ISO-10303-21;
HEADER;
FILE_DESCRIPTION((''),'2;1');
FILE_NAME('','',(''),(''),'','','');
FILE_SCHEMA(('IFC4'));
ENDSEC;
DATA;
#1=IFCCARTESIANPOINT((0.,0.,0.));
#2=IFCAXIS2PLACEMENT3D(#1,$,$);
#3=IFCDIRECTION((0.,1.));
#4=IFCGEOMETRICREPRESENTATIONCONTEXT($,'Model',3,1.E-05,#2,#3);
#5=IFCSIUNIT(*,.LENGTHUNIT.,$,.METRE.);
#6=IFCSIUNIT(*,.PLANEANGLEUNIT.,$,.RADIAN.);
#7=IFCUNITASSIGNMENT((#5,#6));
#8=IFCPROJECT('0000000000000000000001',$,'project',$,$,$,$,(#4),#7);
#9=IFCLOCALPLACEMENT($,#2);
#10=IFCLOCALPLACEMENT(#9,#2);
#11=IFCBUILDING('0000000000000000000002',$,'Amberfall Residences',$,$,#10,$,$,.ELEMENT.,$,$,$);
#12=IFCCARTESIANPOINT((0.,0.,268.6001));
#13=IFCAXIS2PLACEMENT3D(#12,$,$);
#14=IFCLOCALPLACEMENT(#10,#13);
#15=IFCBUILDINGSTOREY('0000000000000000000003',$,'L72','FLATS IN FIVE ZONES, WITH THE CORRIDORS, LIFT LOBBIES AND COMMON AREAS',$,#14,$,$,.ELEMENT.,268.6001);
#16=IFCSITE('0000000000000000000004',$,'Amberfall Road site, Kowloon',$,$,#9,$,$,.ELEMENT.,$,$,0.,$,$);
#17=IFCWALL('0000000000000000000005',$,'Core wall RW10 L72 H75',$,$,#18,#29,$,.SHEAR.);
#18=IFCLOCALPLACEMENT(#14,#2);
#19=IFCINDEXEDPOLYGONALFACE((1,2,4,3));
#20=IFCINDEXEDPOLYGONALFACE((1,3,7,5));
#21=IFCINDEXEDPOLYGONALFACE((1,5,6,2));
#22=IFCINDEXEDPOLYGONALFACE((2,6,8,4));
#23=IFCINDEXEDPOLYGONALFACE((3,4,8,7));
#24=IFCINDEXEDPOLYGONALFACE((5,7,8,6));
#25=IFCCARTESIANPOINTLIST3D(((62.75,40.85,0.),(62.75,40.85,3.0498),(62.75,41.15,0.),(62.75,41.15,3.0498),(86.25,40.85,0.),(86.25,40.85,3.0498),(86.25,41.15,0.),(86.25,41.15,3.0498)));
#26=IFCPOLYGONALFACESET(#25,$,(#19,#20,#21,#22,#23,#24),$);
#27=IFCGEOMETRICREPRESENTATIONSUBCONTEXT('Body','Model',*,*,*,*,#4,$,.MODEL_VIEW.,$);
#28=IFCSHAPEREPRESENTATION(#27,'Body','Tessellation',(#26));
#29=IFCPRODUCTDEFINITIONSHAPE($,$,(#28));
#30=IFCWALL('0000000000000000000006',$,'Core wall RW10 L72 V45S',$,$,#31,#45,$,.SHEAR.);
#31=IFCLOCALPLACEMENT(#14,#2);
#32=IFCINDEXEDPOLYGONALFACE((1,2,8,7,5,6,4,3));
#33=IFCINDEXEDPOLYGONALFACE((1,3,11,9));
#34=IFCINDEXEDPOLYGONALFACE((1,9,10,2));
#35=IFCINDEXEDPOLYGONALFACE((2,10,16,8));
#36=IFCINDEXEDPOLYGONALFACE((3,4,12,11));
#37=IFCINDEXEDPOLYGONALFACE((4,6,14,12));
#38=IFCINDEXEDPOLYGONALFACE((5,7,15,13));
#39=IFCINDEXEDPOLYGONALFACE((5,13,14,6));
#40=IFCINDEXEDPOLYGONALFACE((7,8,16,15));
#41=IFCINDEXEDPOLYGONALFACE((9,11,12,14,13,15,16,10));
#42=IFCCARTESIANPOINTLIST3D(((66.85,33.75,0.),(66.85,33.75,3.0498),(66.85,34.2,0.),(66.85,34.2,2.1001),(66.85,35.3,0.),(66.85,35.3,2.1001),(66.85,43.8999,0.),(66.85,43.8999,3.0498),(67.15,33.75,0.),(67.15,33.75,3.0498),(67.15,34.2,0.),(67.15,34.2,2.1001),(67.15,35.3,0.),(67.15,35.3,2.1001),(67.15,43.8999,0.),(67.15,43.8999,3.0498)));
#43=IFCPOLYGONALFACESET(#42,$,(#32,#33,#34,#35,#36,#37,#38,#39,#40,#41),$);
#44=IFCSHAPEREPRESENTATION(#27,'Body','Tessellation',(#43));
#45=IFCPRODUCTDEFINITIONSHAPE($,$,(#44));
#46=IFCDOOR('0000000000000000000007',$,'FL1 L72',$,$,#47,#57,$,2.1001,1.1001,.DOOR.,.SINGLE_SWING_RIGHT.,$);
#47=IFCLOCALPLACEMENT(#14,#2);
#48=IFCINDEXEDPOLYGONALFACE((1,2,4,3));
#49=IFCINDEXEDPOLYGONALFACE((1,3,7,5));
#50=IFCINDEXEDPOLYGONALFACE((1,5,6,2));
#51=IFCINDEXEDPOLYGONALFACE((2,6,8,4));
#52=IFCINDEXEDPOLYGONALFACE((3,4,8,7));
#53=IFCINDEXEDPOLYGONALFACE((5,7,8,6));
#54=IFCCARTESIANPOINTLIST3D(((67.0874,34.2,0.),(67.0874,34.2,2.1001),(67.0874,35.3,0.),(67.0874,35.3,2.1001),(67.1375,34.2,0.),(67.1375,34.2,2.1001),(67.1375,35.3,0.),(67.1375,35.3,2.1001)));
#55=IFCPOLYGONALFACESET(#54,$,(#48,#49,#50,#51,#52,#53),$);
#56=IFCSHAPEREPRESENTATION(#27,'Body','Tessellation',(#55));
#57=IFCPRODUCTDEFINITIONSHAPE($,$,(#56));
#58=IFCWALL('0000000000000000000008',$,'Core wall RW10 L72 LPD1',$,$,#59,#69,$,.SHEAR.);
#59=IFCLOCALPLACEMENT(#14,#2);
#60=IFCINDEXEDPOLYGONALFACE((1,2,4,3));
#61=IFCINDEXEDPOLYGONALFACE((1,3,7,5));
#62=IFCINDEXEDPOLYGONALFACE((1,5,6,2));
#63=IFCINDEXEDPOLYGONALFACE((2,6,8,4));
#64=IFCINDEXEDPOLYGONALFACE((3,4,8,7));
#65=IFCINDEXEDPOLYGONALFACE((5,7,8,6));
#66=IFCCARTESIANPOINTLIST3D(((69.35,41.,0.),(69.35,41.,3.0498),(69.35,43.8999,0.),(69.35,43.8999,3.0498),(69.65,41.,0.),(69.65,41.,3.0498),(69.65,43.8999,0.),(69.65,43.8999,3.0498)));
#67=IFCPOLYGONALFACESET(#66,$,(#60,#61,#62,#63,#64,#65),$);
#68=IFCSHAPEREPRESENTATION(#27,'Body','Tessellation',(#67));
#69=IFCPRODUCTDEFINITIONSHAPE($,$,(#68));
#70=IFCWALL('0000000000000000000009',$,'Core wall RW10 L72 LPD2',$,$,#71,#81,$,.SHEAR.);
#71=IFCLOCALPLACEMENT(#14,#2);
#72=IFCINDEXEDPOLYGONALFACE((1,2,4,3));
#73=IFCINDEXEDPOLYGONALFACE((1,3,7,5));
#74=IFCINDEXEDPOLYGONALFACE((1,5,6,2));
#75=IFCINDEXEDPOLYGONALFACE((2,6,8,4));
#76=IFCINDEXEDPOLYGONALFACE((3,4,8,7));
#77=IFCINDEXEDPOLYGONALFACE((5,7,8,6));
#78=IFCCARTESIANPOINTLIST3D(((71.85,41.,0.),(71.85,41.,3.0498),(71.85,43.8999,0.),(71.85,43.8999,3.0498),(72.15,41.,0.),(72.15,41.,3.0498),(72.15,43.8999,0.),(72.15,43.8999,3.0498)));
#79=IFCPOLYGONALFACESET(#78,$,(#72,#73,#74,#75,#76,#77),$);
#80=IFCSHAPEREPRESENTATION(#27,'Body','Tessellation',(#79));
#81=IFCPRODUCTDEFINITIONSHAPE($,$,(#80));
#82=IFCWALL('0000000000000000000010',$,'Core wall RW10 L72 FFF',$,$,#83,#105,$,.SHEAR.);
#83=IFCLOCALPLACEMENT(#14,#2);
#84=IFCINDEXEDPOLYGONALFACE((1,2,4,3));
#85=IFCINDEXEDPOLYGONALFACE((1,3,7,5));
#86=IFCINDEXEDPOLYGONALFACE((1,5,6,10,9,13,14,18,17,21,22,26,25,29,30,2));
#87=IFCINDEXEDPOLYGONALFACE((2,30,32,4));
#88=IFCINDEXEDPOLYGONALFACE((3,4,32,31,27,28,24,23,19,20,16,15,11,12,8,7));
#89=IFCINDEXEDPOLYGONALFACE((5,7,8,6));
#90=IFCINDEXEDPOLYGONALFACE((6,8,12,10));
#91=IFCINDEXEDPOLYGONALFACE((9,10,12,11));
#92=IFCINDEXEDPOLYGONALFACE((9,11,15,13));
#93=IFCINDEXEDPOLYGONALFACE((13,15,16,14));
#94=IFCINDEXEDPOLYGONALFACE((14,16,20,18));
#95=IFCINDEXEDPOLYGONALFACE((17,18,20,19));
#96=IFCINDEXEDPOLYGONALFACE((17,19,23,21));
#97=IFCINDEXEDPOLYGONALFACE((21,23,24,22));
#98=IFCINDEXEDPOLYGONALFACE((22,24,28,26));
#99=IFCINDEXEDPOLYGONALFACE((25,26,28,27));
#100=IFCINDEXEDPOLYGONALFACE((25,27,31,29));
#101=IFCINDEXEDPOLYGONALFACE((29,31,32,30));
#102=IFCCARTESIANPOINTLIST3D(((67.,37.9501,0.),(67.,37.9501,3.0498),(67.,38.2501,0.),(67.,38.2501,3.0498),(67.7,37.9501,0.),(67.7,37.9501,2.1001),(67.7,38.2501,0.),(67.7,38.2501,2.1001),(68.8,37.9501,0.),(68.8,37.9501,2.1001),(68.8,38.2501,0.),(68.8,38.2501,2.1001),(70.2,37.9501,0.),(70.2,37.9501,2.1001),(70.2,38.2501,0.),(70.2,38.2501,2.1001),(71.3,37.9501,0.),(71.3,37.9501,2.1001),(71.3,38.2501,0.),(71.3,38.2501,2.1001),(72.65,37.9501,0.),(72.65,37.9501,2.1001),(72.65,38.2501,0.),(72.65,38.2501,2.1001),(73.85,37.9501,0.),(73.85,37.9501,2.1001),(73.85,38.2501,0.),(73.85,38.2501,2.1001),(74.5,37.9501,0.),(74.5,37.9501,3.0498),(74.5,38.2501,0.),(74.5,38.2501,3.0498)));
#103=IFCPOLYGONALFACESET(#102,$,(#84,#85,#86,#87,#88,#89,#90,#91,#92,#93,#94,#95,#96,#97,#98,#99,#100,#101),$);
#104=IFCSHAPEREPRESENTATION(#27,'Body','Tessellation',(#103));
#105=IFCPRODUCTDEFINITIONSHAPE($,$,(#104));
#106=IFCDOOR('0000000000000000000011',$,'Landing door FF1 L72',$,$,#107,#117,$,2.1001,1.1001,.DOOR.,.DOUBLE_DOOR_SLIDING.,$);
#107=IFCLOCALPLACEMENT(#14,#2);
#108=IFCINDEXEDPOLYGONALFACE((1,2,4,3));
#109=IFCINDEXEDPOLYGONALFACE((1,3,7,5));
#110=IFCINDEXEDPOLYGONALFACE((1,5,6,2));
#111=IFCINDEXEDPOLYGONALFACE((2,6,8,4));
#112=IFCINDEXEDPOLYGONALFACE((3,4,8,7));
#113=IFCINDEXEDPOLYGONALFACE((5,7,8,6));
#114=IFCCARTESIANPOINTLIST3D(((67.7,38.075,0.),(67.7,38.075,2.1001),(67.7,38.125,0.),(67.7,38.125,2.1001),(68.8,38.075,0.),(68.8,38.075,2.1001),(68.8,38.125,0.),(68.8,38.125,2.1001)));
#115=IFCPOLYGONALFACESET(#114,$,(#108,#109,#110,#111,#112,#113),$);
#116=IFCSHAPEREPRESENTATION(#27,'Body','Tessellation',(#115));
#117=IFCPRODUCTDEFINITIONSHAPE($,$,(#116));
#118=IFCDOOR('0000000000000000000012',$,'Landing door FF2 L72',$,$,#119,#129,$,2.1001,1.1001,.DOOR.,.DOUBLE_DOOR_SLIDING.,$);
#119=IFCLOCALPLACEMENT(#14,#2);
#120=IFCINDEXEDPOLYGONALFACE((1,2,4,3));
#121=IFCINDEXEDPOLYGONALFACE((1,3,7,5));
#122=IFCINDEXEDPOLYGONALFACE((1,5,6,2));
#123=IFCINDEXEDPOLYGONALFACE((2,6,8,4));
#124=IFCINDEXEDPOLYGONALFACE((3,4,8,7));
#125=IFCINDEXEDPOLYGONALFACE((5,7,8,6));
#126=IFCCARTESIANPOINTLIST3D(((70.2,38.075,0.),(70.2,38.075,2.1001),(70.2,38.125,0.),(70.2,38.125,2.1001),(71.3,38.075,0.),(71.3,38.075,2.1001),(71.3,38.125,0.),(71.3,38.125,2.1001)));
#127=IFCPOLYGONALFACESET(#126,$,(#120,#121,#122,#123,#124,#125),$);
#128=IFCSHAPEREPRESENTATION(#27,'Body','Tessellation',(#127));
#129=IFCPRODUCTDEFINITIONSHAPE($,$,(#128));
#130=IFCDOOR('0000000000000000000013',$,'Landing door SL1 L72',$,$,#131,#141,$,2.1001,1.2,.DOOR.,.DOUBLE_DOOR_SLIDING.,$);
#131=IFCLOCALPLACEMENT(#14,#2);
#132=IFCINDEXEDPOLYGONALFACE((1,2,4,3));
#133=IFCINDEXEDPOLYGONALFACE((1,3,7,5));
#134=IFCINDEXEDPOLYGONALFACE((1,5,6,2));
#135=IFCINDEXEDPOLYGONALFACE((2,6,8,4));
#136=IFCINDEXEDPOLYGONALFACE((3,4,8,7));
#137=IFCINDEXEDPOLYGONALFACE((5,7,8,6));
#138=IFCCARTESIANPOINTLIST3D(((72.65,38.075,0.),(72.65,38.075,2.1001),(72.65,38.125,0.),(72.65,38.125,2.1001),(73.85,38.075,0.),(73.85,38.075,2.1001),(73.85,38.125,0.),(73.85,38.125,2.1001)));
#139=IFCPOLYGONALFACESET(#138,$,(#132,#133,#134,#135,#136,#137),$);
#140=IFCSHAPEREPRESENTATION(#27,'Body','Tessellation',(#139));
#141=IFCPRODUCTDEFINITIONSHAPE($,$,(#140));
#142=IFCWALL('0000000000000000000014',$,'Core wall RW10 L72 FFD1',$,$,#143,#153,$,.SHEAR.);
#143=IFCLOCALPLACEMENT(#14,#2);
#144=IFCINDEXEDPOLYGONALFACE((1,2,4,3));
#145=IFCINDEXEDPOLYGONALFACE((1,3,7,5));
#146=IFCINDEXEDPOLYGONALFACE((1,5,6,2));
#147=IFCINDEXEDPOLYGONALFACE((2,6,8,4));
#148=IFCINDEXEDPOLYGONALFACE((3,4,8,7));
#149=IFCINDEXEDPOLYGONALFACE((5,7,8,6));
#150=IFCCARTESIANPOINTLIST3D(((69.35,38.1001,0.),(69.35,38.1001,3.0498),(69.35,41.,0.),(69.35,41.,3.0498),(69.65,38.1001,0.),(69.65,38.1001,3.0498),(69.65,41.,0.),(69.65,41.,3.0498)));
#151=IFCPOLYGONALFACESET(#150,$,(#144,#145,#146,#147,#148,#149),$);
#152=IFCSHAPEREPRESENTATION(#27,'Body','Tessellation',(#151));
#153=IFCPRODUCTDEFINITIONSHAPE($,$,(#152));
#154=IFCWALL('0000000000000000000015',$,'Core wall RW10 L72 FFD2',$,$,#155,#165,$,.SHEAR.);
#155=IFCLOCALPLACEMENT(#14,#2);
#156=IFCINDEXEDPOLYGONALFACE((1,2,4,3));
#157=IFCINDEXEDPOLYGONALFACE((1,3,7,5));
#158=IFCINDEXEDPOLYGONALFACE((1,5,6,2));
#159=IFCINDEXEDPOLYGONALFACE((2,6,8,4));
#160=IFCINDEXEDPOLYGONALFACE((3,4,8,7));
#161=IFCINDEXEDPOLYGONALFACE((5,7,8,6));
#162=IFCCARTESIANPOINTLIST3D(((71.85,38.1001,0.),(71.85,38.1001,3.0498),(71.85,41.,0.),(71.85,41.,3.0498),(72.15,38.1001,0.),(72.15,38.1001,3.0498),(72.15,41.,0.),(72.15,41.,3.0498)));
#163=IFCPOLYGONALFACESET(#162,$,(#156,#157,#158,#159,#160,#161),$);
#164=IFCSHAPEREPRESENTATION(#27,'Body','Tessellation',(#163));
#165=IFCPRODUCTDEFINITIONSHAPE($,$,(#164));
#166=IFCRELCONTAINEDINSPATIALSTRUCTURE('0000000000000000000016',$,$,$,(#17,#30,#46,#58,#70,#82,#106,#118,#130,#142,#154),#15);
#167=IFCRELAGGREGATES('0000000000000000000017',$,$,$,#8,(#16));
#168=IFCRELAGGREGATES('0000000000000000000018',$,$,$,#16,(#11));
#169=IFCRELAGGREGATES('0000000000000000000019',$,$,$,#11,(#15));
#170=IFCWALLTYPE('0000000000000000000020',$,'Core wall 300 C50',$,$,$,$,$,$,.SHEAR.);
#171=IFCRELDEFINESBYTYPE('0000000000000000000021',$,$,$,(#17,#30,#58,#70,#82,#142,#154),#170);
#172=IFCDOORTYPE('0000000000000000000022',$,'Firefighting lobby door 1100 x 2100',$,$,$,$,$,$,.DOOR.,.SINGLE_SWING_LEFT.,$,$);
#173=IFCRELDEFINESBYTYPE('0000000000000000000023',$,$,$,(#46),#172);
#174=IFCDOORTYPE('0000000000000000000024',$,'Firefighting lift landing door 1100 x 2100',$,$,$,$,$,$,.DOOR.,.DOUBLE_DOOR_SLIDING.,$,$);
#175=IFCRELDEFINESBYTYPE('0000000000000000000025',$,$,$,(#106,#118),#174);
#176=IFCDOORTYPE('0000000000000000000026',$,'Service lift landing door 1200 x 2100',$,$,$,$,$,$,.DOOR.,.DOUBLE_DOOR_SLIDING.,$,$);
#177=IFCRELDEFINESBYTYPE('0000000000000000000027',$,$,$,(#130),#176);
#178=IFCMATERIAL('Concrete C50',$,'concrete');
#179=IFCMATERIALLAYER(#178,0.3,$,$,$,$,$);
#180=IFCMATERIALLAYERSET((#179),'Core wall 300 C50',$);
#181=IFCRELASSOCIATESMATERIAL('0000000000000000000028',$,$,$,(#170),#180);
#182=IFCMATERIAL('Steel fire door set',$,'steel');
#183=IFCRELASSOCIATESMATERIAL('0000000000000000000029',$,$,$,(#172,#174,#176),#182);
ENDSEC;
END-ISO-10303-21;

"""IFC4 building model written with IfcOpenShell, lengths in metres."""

from ifc_helpers import new_model, si_unit, direction, frame, frame_2d, origin, place, context, subcontext, project, spatial, rectangle, extrude, material, layer, layer_set, type_object, element, fill, save


model = new_model("IFC4")

# Units and contexts
model_context = context("Model", 3, precision=1e-05, world=origin(), true_north=direction((0.0, 1.0)))
body_context = subcontext(model_context, "Body", "Model", "MODEL_VIEW")
ifc_project = project(units=[si_unit("LENGTHUNIT", "METRE"), si_unit("PLANEANGLEUNIT", "RADIAN")], contexts=[model_context])

# Site, building, storey
site_placement = place(None, origin())
site = spatial("IfcSite", under=ifc_project, at=site_placement, Name="Amberfall Road site, Kowloon", CompositionType="ELEMENT", RefElevation=0.0)
building_placement = place(site_placement, origin())
building = spatial("IfcBuilding", under=site, at=building_placement, Name="Amberfall Residences", CompositionType="ELEMENT")
storey_placement = place(building_placement, frame((0.0, 0.0, 268.6001)))
storey = spatial("IfcBuildingStorey", under=building, at=storey_placement, Name="L72", Description="FLATS IN FIVE ZONES, WITH THE CORRIDORS, LIFT LOBBIES AND COMMON AREAS", CompositionType="ELEMENT", Elevation=268.6001)

# Wall
ifc_material_1 = material(Name="Concrete C50", Category="concrete")
ifc_layer_1 = layer(ifc_material_1, 0.3)
ifc_layer_set_1 = layer_set([ifc_layer_1], Name="Core wall 300 C50")
wall_type_1 = type_object("IfcWallType", Name="Core wall 300 C50", PredefinedType="SHEAR", material=ifc_layer_set_1)
wall_1_placement = place(storey_placement, frame((62.75, 41.0, 0.0), z_axis=(0.0, 0.0, 1.0), x_axis=(1.0, 0.0, 0.0)))
element("IfcWall", 1, at=wall_1_placement, inside=storey, type_object=wall_type_1, Name="Core wall RW10 L72 H75", PredefinedType="SHEAR", context=body_context, shape_type="SweptSolid", body=[
    extrude(rectangle(XDim=23.5, YDim=0.3, at=frame_2d((11.75, 0.0))), origin(), (0.0, 0.0, 1.0), 3.0498),
])

# Wall, opening, door
wall_2_placement = place(storey_placement, frame((67.0, 33.75, 0.0), z_axis=(0.0, 0.0, 1.0), x_axis=(0.0, 1.0, 0.0)))
wall_2 = element("IfcWall", 2, at=wall_2_placement, inside=storey, type_object=wall_type_1, Name="Core wall RW10 L72 V45S", PredefinedType="SHEAR", context=body_context, shape_type="SweptSolid", body=[
    extrude(rectangle(XDim=10.1499, YDim=0.3, at=frame_2d((5.075, 0.0))), origin(), (0.0, 0.0, 1.0), 3.0498),
])
opening_1_placement = place(wall_2_placement, frame((0.45, 0.0, 0.0)))
opening_1 = element("IfcOpeningElement", 3, at=opening_1_placement, cuts=wall_2, PredefinedType="OPENING", context=body_context, shape_type="SweptSolid", body=[
    extrude(rectangle(XDim=1.1001, YDim=2.1001, at=frame_2d((0.55, 1.05))), frame((0.0, 0.1599, 0.0), z_axis=(0.0, -1.0, 0.0), x_axis=(1.0, 0.0, 0.0)), (0.0, 0.0, 1.0), 0.3201),
])
ifc_material_2 = material(Name="Steel fire door set", Category="steel")
door_type_1 = type_object("IfcDoorType", Name="Firefighting lobby door 1100 x 2100", OperationType="SINGLE_SWING_LEFT", PredefinedType="DOOR", material=ifc_material_2)
door_1_placement = place(opening_1_placement, origin())
door_1 = element("IfcDoor", 4, at=door_1_placement, inside=storey, type_object=door_type_1, Name="FL1 L72", OperationType="SINGLE_SWING_RIGHT", OverallHeight=2.1001, OverallWidth=1.1001, PredefinedType="DOOR", context=body_context, shape_type="SweptSolid", body=[
    extrude(rectangle(XDim=1.1001, YDim=2.1001, at=frame_2d((0.55, 1.05))), frame((0.0, -0.0874, 0.0), z_axis=(0.0, -1.0, 0.0), x_axis=(1.0, 0.0, 0.0)), (0.0, 0.0, 1.0), 0.05),
])
fill(opening_1, door_1)

# Walls
for number, where, z_axis, x_axis, name in (
    (5, (69.5, 41.0, 0.0), (0.0, 0.0, 1.0), (0.0, 1.0, 0.0), "Core wall RW10 L72 LPD1"),
    (6, (72.0, 41.0, 0.0), (0.0, 0.0, 1.0), (0.0, 1.0, 0.0), "Core wall RW10 L72 LPD2"),
):
    element("IfcWall", number, at=place(storey_placement, frame(where, z_axis=z_axis, x_axis=x_axis)), inside=storey, type_object=wall_type_1, Name=name, PredefinedType="SHEAR", context=body_context, shape_type="SweptSolid", body=[
        extrude(rectangle(XDim=2.8999, YDim=0.3, at=frame_2d((1.45, 0.0))), origin(), (0.0, 0.0, 1.0), 3.0498),
    ])

# Wall, openings, doors
wall_3_placement = place(storey_placement, frame((67.0, 38.1001, 0.0), z_axis=(0.0, 0.0, 1.0), x_axis=(1.0, 0.0, 0.0)))
wall_3 = element("IfcWall", 7, at=wall_3_placement, inside=storey, type_object=wall_type_1, Name="Core wall RW10 L72 FFF", PredefinedType="SHEAR", context=body_context, shape_type="SweptSolid", body=[
    extrude(rectangle(XDim=7.5, YDim=0.3, at=frame_2d((3.75, 0.0))), origin(), (0.0, 0.0, 1.0), 3.0498),
])
opening_2_placement = place(wall_3_placement, frame((0.7, 0.0, 0.0)))
opening_2 = element("IfcOpeningElement", 8, at=opening_2_placement, cuts=wall_3, PredefinedType="OPENING", context=body_context, shape_type="SweptSolid", body=[
    extrude(rectangle(XDim=1.1001, YDim=2.1001, at=frame_2d((0.55, 1.05))), frame((0.0, 0.1599, 0.0), z_axis=(0.0, -1.0, 0.0), x_axis=(1.0, 0.0, 0.0)), (0.0, 0.0, 1.0), 0.3201),
])
opening_3_placement = place(wall_3_placement, frame((3.2, 0.0, 0.0)))
opening_3 = element("IfcOpeningElement", 9, at=opening_3_placement, cuts=wall_3, PredefinedType="OPENING", context=body_context, shape_type="SweptSolid", body=[
    extrude(rectangle(XDim=1.1001, YDim=2.1001, at=frame_2d((0.55, 1.05))), frame((0.0, 0.1599, 0.0), z_axis=(0.0, -1.0, 0.0), x_axis=(1.0, 0.0, 0.0)), (0.0, 0.0, 1.0), 0.3201),
])
opening_4_placement = place(wall_3_placement, frame((5.6499, 0.0, 0.0)))
opening_4 = element("IfcOpeningElement", 10, at=opening_4_placement, cuts=wall_3, PredefinedType="OPENING", context=body_context, shape_type="SweptSolid", body=[
    extrude(rectangle(XDim=1.2, YDim=2.1001, at=frame_2d((0.6001, 1.05))), frame((0.0, 0.1599, 0.0), z_axis=(0.0, -1.0, 0.0), x_axis=(1.0, 0.0, 0.0)), (0.0, 0.0, 1.0), 0.3201),
])
door_type_2 = type_object("IfcDoorType", Name="Firefighting lift landing door 1100 x 2100", OperationType="DOUBLE_DOOR_SLIDING", PredefinedType="DOOR", material=ifc_material_2)
door_2_placement = place(opening_2_placement, origin())
door_2 = element("IfcDoor", 11, at=door_2_placement, inside=storey, type_object=door_type_2, Name="Landing door FF1 L72", OperationType="DOUBLE_DOOR_SLIDING", OverallHeight=2.1001, OverallWidth=1.1001, PredefinedType="DOOR", context=body_context, shape_type="SweptSolid", body=[
    extrude(rectangle(XDim=1.1001, YDim=2.1001, at=frame_2d((0.55, 1.05))), frame((0.0, 0.0249, 0.0), z_axis=(0.0, -1.0, 0.0), x_axis=(1.0, 0.0, 0.0)), (0.0, 0.0, 1.0), 0.05),
])
fill(opening_2, door_2)
door_3_placement = place(opening_3_placement, origin())
door_3 = element("IfcDoor", 12, at=door_3_placement, inside=storey, type_object=door_type_2, Name="Landing door FF2 L72", OperationType="DOUBLE_DOOR_SLIDING", OverallHeight=2.1001, OverallWidth=1.1001, PredefinedType="DOOR", context=body_context, shape_type="SweptSolid", body=[
    extrude(rectangle(XDim=1.1001, YDim=2.1001, at=frame_2d((0.55, 1.05))), frame((0.0, 0.0249, 0.0), z_axis=(0.0, -1.0, 0.0), x_axis=(1.0, 0.0, 0.0)), (0.0, 0.0, 1.0), 0.05),
])
fill(opening_3, door_3)
door_type_3 = type_object("IfcDoorType", Name="Service lift landing door 1200 x 2100", OperationType="DOUBLE_DOOR_SLIDING", PredefinedType="DOOR", material=ifc_material_2)
door_4_placement = place(opening_4_placement, origin())
door_4 = element("IfcDoor", 13, at=door_4_placement, inside=storey, type_object=door_type_3, Name="Landing door SL1 L72", OperationType="DOUBLE_DOOR_SLIDING", OverallHeight=2.1001, OverallWidth=1.2, PredefinedType="DOOR", context=body_context, shape_type="SweptSolid", body=[
    extrude(rectangle(XDim=1.2, YDim=2.1001, at=frame_2d((0.6001, 1.05))), frame((0.0, 0.0249, 0.0), z_axis=(0.0, -1.0, 0.0), x_axis=(1.0, 0.0, 0.0)), (0.0, 0.0, 1.0), 0.05),
])
fill(opening_4, door_4)

# Walls
for number, where, z_axis, x_axis, name in (
    (14, (69.5, 38.1001, 0.0), (0.0, 0.0, 1.0), (0.0, 1.0, 0.0), "Core wall RW10 L72 FFD1"),
    (15, (72.0, 38.1001, 0.0), (0.0, 0.0, 1.0), (0.0, 1.0, 0.0), "Core wall RW10 L72 FFD2"),
):
    element("IfcWall", number, at=place(storey_placement, frame(where, z_axis=z_axis, x_axis=x_axis)), inside=storey, type_object=wall_type_1, Name=name, PredefinedType="SHEAR", context=body_context, shape_type="SweptSolid", body=[
        extrude(rectangle(XDim=2.8999, YDim=0.3, at=frame_2d((1.45, 0.0))), origin(), (0.0, 0.0, 1.0), 3.0498),
    ])

save(model, "model.ifc")
